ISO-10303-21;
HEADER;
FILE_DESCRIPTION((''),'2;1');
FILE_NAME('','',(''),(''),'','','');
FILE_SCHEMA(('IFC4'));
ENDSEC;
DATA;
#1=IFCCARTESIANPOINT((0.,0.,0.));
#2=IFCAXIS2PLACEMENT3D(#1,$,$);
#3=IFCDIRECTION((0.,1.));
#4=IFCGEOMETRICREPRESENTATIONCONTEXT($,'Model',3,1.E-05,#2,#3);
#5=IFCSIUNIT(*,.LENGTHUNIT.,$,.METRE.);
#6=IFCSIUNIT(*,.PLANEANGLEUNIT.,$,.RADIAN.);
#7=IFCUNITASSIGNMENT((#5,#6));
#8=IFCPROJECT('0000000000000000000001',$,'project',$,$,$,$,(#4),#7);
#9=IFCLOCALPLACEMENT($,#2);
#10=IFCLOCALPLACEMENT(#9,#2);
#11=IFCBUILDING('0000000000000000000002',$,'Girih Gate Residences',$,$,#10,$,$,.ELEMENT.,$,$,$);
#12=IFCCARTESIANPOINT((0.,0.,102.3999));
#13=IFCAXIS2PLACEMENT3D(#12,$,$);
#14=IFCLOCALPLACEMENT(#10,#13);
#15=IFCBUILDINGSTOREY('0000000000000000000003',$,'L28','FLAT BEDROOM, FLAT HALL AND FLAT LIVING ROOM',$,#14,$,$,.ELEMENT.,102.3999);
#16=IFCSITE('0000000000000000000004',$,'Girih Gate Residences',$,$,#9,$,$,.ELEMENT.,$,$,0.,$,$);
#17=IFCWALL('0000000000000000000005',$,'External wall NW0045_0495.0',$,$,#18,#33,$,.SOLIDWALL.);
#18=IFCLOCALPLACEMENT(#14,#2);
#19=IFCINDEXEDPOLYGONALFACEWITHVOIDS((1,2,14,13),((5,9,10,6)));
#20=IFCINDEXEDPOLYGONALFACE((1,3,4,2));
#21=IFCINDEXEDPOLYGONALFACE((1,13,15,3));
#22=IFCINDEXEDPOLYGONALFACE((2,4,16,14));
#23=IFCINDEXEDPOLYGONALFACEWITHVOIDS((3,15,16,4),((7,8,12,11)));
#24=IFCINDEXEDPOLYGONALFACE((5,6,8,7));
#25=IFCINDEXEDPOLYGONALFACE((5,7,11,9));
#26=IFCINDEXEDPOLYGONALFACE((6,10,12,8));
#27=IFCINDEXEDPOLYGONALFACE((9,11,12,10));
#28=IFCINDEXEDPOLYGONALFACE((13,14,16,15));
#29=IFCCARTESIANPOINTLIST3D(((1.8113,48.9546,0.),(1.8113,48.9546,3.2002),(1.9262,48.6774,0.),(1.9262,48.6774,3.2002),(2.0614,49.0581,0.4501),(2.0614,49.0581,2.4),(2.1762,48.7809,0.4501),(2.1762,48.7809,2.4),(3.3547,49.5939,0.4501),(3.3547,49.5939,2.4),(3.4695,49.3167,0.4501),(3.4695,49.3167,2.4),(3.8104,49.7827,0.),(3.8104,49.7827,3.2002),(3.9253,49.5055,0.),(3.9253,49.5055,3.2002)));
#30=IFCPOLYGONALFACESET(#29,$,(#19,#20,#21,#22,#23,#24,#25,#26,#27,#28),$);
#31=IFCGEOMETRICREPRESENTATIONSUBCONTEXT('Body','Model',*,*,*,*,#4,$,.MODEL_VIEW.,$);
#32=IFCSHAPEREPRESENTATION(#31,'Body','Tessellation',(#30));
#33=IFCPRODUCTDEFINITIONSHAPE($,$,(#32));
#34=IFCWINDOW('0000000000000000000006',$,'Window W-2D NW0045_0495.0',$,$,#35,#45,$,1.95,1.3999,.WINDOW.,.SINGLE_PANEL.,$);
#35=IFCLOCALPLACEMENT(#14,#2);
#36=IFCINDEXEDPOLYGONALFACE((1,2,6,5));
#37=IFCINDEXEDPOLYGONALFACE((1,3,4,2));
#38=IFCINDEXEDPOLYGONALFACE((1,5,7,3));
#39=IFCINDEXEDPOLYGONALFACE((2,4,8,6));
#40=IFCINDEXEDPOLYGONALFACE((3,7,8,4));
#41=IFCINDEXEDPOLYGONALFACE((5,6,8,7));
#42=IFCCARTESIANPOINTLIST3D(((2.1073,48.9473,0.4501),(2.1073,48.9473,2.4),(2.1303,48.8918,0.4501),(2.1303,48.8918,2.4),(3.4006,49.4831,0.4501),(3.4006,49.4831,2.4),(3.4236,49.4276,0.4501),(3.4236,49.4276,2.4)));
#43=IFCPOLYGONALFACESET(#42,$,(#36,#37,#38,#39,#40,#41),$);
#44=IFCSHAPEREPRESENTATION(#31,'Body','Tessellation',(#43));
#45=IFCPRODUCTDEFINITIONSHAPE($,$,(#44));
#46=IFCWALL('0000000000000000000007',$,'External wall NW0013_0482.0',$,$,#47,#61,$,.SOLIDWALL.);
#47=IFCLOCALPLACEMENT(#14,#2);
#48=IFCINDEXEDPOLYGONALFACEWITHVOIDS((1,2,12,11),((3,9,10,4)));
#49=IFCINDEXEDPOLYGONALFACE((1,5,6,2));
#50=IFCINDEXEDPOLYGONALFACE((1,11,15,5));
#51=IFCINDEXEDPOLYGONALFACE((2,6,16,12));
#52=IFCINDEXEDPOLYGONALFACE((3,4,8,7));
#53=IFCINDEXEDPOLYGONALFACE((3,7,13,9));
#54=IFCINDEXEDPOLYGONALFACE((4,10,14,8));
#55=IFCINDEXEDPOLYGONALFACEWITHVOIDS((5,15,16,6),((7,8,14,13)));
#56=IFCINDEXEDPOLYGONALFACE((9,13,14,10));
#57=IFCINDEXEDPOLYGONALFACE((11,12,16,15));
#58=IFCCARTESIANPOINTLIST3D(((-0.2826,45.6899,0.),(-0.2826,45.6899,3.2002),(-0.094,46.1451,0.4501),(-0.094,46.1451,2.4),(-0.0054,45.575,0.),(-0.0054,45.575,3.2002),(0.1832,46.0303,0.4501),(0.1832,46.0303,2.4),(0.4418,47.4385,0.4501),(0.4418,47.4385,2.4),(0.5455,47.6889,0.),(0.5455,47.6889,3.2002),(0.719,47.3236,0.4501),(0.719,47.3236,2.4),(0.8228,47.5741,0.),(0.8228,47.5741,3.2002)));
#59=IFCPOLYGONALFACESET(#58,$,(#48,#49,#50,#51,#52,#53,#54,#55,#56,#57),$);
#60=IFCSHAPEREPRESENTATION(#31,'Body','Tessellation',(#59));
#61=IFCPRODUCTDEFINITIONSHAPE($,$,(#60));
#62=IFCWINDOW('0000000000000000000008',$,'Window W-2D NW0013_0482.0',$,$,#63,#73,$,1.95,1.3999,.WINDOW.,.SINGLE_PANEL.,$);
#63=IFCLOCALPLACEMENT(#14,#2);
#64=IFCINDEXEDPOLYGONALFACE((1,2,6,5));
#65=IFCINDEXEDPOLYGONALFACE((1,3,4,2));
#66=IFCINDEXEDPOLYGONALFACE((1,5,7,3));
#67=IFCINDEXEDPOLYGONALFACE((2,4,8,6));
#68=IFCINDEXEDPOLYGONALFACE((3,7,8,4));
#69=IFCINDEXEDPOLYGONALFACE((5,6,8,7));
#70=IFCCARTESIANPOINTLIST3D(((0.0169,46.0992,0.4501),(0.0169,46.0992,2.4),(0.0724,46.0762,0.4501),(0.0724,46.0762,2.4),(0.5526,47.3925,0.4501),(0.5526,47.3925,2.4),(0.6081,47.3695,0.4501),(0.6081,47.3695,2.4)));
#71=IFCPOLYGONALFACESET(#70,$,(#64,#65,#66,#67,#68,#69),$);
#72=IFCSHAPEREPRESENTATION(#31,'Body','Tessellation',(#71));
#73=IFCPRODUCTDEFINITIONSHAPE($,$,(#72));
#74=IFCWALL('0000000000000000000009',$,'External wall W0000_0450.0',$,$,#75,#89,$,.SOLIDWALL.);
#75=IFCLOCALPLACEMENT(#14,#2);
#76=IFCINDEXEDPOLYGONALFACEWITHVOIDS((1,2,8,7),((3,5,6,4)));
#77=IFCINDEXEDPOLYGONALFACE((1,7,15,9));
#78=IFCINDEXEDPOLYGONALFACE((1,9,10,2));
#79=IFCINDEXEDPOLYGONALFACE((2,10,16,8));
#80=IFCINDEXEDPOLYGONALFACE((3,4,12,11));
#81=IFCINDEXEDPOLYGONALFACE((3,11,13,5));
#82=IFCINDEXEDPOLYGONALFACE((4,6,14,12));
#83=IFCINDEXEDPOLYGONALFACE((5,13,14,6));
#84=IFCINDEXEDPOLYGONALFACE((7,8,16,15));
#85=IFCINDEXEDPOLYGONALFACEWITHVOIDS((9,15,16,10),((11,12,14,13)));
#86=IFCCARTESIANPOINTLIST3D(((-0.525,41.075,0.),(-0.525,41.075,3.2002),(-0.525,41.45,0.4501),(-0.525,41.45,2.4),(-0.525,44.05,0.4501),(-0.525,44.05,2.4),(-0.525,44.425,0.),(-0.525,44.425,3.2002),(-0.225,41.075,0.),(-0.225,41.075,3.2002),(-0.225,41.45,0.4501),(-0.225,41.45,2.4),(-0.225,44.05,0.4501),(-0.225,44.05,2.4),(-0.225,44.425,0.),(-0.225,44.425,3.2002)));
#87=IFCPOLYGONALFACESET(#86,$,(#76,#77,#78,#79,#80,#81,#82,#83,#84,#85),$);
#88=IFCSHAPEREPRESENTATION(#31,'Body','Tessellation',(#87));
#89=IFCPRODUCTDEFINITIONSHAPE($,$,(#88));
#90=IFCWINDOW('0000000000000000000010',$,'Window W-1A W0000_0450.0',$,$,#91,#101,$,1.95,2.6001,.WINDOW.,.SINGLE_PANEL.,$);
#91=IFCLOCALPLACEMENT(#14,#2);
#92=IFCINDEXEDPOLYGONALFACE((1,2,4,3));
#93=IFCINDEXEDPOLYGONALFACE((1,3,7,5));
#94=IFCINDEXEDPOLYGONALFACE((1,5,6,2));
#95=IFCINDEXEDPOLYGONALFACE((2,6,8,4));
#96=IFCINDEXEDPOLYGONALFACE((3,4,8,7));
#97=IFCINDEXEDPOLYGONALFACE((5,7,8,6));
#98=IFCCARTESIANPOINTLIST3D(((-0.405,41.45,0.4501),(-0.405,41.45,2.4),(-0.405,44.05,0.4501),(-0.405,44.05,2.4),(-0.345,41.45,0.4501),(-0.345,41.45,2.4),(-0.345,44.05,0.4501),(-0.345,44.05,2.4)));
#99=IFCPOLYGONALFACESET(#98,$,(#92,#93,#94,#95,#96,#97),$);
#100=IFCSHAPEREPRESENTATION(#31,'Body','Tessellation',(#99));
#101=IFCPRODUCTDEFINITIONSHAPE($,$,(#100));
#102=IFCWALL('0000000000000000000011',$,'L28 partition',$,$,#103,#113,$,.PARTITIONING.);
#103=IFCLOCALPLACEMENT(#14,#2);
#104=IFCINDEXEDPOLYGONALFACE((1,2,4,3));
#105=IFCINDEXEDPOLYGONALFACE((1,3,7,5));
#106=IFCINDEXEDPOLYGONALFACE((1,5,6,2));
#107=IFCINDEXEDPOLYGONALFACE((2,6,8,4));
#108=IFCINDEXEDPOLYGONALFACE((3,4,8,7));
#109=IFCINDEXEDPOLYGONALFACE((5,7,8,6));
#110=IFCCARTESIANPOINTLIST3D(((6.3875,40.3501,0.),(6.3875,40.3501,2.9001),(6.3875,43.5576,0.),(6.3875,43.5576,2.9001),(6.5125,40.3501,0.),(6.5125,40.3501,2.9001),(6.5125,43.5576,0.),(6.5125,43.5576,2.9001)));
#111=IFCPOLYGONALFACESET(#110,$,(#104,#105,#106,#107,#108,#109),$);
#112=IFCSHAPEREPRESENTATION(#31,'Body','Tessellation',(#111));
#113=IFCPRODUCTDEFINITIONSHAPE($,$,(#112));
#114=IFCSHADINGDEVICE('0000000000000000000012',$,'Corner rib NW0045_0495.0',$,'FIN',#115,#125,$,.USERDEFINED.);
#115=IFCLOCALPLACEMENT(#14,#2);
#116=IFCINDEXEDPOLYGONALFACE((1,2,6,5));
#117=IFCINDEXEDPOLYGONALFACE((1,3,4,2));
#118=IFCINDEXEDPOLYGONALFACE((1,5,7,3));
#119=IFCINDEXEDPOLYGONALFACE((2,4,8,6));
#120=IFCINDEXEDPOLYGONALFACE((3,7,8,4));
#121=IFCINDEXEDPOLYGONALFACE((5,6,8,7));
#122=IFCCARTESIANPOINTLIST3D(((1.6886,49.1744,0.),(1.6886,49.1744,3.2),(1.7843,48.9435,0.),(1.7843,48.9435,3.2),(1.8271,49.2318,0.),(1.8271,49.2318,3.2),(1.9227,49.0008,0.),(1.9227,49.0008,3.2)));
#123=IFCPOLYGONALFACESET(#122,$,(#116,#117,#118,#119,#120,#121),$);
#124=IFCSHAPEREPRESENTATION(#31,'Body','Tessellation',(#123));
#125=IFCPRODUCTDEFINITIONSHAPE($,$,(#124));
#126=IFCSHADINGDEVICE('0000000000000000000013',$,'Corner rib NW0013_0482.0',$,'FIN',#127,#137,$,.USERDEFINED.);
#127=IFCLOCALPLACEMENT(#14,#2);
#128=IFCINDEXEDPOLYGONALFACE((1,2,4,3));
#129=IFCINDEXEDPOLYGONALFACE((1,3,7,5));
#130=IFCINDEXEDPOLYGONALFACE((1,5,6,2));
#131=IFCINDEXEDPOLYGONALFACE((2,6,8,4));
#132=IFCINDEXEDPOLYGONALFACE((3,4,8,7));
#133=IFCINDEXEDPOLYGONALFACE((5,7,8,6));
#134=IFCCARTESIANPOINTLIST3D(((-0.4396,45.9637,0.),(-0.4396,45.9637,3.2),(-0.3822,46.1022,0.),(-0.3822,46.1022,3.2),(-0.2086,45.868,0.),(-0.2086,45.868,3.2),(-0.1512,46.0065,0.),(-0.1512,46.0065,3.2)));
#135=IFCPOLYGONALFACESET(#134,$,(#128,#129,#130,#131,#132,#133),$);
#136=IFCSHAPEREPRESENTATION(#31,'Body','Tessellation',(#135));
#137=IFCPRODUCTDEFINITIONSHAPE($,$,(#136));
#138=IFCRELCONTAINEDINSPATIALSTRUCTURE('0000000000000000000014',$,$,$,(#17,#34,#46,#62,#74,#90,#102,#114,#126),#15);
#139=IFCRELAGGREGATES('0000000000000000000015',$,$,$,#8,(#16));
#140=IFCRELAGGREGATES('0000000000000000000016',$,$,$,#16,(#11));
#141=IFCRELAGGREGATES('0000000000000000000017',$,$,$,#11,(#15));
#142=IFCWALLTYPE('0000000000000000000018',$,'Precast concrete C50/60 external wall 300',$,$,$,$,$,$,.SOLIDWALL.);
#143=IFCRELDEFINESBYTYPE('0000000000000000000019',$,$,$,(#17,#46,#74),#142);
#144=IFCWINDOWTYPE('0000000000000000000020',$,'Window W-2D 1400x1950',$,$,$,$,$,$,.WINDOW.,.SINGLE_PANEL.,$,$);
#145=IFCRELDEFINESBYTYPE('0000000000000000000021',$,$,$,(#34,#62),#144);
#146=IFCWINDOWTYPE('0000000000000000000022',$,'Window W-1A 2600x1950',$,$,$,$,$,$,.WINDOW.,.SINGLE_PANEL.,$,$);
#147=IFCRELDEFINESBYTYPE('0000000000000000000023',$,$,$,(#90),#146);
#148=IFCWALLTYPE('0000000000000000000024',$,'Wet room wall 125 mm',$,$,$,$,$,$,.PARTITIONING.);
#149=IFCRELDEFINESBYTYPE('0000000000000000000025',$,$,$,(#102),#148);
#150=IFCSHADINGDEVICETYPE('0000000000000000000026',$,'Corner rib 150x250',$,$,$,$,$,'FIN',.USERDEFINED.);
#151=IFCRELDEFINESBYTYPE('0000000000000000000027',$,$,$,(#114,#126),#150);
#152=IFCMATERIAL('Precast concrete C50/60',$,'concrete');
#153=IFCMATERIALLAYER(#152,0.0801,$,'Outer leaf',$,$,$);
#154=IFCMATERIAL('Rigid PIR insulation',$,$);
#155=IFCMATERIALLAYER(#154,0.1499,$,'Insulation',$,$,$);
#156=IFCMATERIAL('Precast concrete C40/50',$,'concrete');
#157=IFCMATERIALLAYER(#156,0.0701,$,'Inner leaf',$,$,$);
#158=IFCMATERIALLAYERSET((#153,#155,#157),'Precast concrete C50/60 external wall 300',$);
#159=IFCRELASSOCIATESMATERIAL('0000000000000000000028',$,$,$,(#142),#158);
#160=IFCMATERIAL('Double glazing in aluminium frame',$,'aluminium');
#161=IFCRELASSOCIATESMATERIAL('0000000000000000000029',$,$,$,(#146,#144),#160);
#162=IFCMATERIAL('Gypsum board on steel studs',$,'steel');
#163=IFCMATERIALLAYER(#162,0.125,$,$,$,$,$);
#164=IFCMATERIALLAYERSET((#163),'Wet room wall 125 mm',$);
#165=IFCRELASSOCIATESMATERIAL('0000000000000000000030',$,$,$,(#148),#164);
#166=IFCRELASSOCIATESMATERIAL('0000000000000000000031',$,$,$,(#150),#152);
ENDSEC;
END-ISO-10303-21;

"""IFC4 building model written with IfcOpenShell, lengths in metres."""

from ifc_helpers import new_model, si_unit, direction, frame, frame_2d, origin, origin_2d, place, context, subcontext, project, spatial, rectangle, extrude, material, layer, layer_set, type_object, element, fill, save


model = new_model("IFC4")

# Units and contexts
model_context = context("Model", 3, precision=1e-05, world=origin(), true_north=direction((0.0, 1.0)))
body_context = subcontext(model_context, "Body", "Model", "MODEL_VIEW")
ifc_project = project(units=[si_unit("LENGTHUNIT", "METRE"), si_unit("PLANEANGLEUNIT", "RADIAN")], contexts=[model_context])

# Site, building, storey
site_placement = place(None, origin())
site = spatial("IfcSite", under=ifc_project, at=site_placement, Name="Girih Gate Residences", CompositionType="ELEMENT", RefElevation=0.0)
building_placement = place(site_placement, origin())
building = spatial("IfcBuilding", under=site, at=building_placement, Name="Girih Gate Residences", CompositionType="ELEMENT")
storey_placement = place(building_placement, frame((0.0, 0.0, 102.3999)))
storey = spatial("IfcBuildingStorey", under=building, at=storey_placement, Name="L28", Description="FLAT BEDROOM, FLAT HALL AND FLAT LIVING ROOM", CompositionType="ELEMENT", Elevation=102.3999)

# Shared definitions
ifc_material_1 = material(Name="Gypsum board on steel studs", Category="steel")

# Walls, openings, windows
ifc_material_2 = material(Name="Precast concrete C50/60", Category="concrete")
ifc_layer_1 = layer(ifc_material_2, 0.0801, Name="Outer leaf")
ifc_material_3 = material(Name="Rigid PIR insulation")
ifc_layer_2 = layer(ifc_material_3, 0.1499, Name="Insulation")
ifc_material_4 = material(Name="Precast concrete C40/50", Category="concrete")
ifc_layer_3 = layer(ifc_material_4, 0.0701, Name="Inner leaf")
ifc_layer_set_1 = layer_set([ifc_layer_1, ifc_layer_2, ifc_layer_3], Name="Precast concrete C50/60 external wall 300")
wall_type_1 = type_object("IfcWallType", Name="Precast concrete C50/60 external wall 300", PredefinedType="SOLIDWALL", material=ifc_layer_set_1)
ifc_material_5 = material(Name="Double glazing in aluminium frame", Category="aluminium")
window_type_1 = type_object("IfcWindowType", Name="Window W-1A 2600x1950", PartitioningType="SINGLE_PANEL", PredefinedType="WINDOW", material=ifc_material_5)
wall_1_placement = place(storey_placement, frame((1.8687, 48.8159, 0.0), z_axis=(0.0, 0.0, 1.0), x_axis=(0.923863, 0.382724, 0.0)))
wall_1 = element("IfcWall", 1, at=wall_1_placement, inside=storey, type_object=wall_type_1, Name="External wall NW0045_0495.0", PredefinedType="SOLIDWALL", context=body_context, shape_type="SweptSolid", body=[
    extrude(rectangle(XDim=2.1638, YDim=0.3, at=frame_2d((1.082, 0.0))), origin(), (0.0, 0.0, 1.0), 3.2002),
])
opening_1_placement = place(wall_1_placement, frame((0.2708, 0.0, 0.45)))
opening_1 = element("IfcOpeningElement", 2, at=opening_1_placement, cuts=wall_1, PredefinedType="OPENING", context=body_context, shape_type="SweptSolid", body=[
    extrude(rectangle(XDim=1.3999, YDim=1.95, at=frame_2d((0.7, 0.9751))), frame((0.0, 0.1599, 0.0), z_axis=(0.0, -1.0, 0.0), x_axis=(1.0, 0.0, 0.0)), (0.0, 0.0, 1.0), 0.3201),
])
window_type_2 = type_object("IfcWindowType", Name="Window W-2D 1400x1950", PartitioningType="SINGLE_PANEL", PredefinedType="WINDOW", material=ifc_material_5)
window_1_placement = place(opening_1_placement, origin())
window_1 = element("IfcWindow", 3, at=window_1_placement, inside=storey, type_object=window_type_2, Name="Window W-2D NW0045_0495.0", OverallHeight=1.95, OverallWidth=1.3999, PartitioningType="SINGLE_PANEL", PredefinedType="WINDOW", context=body_context, shape_type="SweptSolid", body=[
    extrude(rectangle(XDim=1.3999, YDim=1.95, at=frame_2d((0.7, 0.9751))), frame((0.0, 0.03, 0.0), z_axis=(0.0, -1.0, 0.0), x_axis=(1.0, 0.0, 0.0)), (0.0, 0.0, 1.0), 0.0601),
])
fill(opening_1, window_1)
wall_2_placement = place(storey_placement, frame((-0.144, 45.6323, 0.0), z_axis=(0.0, 0.0, 1.0), x_axis=(0.382724, 0.923863, 0.0)))
wall_2 = element("IfcWall", 4, at=wall_2_placement, inside=storey, type_object=wall_type_1, Name="External wall NW0013_0482.0", PredefinedType="SOLIDWALL", context=body_context, shape_type="SweptSolid", body=[
    extrude(rectangle(XDim=2.1638, YDim=0.3, at=frame_2d((1.082, 0.0))), origin(), (0.0, 0.0, 1.0), 3.2002),
])
opening_2_placement = place(wall_2_placement, frame((0.4929, 0.0, 0.45)))
opening_2 = element("IfcOpeningElement", 5, at=opening_2_placement, cuts=wall_2, PredefinedType="OPENING", context=body_context, shape_type="SweptSolid", body=[
    extrude(rectangle(XDim=1.3999, YDim=1.95, at=frame_2d((0.7, 0.9751))), frame((0.0, 0.1599, 0.0), z_axis=(0.0, -1.0, 0.0), x_axis=(1.0, 0.0, 0.0)), (0.0, 0.0, 1.0), 0.3201),
])
window_2_placement = place(opening_2_placement, origin())
window_2 = element("IfcWindow", 6, at=window_2_placement, inside=storey, type_object=window_type_2, Name="Window W-2D NW0013_0482.0", OverallHeight=1.95, OverallWidth=1.3999, PartitioningType="SINGLE_PANEL", PredefinedType="WINDOW", context=body_context, shape_type="SweptSolid", body=[
    extrude(rectangle(XDim=1.3999, YDim=1.95, at=frame_2d((0.7, 0.9751))), frame((0.0, 0.03, 0.0), z_axis=(0.0, -1.0, 0.0), x_axis=(1.0, 0.0, 0.0)), (0.0, 0.0, 1.0), 0.0601),
])
fill(opening_2, window_2)
wall_3_placement = place(storey_placement, frame((-0.375, 41.075, 0.0), z_axis=(0.0, 0.0, 1.0), x_axis=(0.0, 1.0, 0.0)))
wall_3 = element("IfcWall", 7, at=wall_3_placement, inside=storey, type_object=wall_type_1, Name="External wall W0000_0450.0", PredefinedType="SOLIDWALL", context=body_context, shape_type="SweptSolid", body=[
    extrude(rectangle(XDim=3.3501, YDim=0.3, at=frame_2d((1.675, 0.0))), origin(), (0.0, 0.0, 1.0), 3.2002),
])
opening_3_placement = place(wall_3_placement, frame((0.375, 0.0, 0.45)))
opening_3 = element("IfcOpeningElement", 8, at=opening_3_placement, cuts=wall_3, PredefinedType="OPENING", context=body_context, shape_type="SweptSolid", body=[
    extrude(rectangle(XDim=2.6001, YDim=1.95, at=frame_2d((1.3, 0.9751))), frame((0.0, 0.1599, 0.0), z_axis=(0.0, -1.0, 0.0), x_axis=(1.0, 0.0, 0.0)), (0.0, 0.0, 1.0), 0.3201),
])
window_3_placement = place(opening_3_placement, origin())
window_3 = element("IfcWindow", 9, at=window_3_placement, inside=storey, type_object=window_type_1, Name="Window W-1A W0000_0450.0", OverallHeight=1.95, OverallWidth=2.6001, PartitioningType="SINGLE_PANEL", PredefinedType="WINDOW", context=body_context, shape_type="SweptSolid", body=[
    extrude(rectangle(XDim=2.6001, YDim=1.95, at=frame_2d((1.3, 0.9751))), frame((0.0, 0.03, 0.0), z_axis=(0.0, -1.0, 0.0), x_axis=(1.0, 0.0, 0.0)), (0.0, 0.0, 1.0), 0.0601),
])
fill(opening_3, window_3)

# Wall
ifc_layer_4 = layer(ifc_material_1, 0.125)
ifc_layer_set_2 = layer_set([ifc_layer_4], Name="Wet room wall 125 mm")
wall_type_2 = type_object("IfcWallType", Name="Wet room wall 125 mm", PredefinedType="PARTITIONING", material=ifc_layer_set_2)
wall_4_placement = place(storey_placement, frame((6.45, 40.3501, 0.0), z_axis=(0.0, 0.0, 1.0), x_axis=(0.0, 1.0, 0.0)))
element("IfcWall", 10, at=wall_4_placement, inside=storey, type_object=wall_type_2, Name="L28 partition", PredefinedType="PARTITIONING", context=body_context, shape_type="SweptSolid", body=[
    extrude(rectangle(XDim=3.2075, YDim=0.125, at=frame_2d((1.6038, 0.0))), origin(), (0.0, 0.0, 1.0), 2.9001),
])

# Shading devices
shading_device_type = type_object("IfcShadingDeviceType", Name="Corner rib 150x250", ElementType="FIN", PredefinedType="USERDEFINED", material=ifc_material_2)
for number, where, z_axis, x_axis, name in (
    (11, (1.8057, 49.0876, 0.0), (0.0, 0.0, 1.0), (-0.92388, -0.382683, 0.0), "Corner rib NW0045_0495.0"),
    (12, (-0.2954, 45.9851, 0.0), (0.0, 0.0, 1.0), (-0.382683, -0.92388, 0.0), "Corner rib NW0013_0482.0"),
):
    element("IfcShadingDevice", number, at=place(storey_placement, frame(where, z_axis=z_axis, x_axis=x_axis)), inside=storey, type_object=shading_device_type, Name=name, ObjectType="FIN", PredefinedType="USERDEFINED", context=body_context, shape_type="SweptSolid", body=[
        extrude(rectangle(XDim=0.1499, YDim=0.25, at=origin_2d()), origin(), (0.0, 0.0, 1.0), 3.2),
    ])

save(model, "model.ifc")
